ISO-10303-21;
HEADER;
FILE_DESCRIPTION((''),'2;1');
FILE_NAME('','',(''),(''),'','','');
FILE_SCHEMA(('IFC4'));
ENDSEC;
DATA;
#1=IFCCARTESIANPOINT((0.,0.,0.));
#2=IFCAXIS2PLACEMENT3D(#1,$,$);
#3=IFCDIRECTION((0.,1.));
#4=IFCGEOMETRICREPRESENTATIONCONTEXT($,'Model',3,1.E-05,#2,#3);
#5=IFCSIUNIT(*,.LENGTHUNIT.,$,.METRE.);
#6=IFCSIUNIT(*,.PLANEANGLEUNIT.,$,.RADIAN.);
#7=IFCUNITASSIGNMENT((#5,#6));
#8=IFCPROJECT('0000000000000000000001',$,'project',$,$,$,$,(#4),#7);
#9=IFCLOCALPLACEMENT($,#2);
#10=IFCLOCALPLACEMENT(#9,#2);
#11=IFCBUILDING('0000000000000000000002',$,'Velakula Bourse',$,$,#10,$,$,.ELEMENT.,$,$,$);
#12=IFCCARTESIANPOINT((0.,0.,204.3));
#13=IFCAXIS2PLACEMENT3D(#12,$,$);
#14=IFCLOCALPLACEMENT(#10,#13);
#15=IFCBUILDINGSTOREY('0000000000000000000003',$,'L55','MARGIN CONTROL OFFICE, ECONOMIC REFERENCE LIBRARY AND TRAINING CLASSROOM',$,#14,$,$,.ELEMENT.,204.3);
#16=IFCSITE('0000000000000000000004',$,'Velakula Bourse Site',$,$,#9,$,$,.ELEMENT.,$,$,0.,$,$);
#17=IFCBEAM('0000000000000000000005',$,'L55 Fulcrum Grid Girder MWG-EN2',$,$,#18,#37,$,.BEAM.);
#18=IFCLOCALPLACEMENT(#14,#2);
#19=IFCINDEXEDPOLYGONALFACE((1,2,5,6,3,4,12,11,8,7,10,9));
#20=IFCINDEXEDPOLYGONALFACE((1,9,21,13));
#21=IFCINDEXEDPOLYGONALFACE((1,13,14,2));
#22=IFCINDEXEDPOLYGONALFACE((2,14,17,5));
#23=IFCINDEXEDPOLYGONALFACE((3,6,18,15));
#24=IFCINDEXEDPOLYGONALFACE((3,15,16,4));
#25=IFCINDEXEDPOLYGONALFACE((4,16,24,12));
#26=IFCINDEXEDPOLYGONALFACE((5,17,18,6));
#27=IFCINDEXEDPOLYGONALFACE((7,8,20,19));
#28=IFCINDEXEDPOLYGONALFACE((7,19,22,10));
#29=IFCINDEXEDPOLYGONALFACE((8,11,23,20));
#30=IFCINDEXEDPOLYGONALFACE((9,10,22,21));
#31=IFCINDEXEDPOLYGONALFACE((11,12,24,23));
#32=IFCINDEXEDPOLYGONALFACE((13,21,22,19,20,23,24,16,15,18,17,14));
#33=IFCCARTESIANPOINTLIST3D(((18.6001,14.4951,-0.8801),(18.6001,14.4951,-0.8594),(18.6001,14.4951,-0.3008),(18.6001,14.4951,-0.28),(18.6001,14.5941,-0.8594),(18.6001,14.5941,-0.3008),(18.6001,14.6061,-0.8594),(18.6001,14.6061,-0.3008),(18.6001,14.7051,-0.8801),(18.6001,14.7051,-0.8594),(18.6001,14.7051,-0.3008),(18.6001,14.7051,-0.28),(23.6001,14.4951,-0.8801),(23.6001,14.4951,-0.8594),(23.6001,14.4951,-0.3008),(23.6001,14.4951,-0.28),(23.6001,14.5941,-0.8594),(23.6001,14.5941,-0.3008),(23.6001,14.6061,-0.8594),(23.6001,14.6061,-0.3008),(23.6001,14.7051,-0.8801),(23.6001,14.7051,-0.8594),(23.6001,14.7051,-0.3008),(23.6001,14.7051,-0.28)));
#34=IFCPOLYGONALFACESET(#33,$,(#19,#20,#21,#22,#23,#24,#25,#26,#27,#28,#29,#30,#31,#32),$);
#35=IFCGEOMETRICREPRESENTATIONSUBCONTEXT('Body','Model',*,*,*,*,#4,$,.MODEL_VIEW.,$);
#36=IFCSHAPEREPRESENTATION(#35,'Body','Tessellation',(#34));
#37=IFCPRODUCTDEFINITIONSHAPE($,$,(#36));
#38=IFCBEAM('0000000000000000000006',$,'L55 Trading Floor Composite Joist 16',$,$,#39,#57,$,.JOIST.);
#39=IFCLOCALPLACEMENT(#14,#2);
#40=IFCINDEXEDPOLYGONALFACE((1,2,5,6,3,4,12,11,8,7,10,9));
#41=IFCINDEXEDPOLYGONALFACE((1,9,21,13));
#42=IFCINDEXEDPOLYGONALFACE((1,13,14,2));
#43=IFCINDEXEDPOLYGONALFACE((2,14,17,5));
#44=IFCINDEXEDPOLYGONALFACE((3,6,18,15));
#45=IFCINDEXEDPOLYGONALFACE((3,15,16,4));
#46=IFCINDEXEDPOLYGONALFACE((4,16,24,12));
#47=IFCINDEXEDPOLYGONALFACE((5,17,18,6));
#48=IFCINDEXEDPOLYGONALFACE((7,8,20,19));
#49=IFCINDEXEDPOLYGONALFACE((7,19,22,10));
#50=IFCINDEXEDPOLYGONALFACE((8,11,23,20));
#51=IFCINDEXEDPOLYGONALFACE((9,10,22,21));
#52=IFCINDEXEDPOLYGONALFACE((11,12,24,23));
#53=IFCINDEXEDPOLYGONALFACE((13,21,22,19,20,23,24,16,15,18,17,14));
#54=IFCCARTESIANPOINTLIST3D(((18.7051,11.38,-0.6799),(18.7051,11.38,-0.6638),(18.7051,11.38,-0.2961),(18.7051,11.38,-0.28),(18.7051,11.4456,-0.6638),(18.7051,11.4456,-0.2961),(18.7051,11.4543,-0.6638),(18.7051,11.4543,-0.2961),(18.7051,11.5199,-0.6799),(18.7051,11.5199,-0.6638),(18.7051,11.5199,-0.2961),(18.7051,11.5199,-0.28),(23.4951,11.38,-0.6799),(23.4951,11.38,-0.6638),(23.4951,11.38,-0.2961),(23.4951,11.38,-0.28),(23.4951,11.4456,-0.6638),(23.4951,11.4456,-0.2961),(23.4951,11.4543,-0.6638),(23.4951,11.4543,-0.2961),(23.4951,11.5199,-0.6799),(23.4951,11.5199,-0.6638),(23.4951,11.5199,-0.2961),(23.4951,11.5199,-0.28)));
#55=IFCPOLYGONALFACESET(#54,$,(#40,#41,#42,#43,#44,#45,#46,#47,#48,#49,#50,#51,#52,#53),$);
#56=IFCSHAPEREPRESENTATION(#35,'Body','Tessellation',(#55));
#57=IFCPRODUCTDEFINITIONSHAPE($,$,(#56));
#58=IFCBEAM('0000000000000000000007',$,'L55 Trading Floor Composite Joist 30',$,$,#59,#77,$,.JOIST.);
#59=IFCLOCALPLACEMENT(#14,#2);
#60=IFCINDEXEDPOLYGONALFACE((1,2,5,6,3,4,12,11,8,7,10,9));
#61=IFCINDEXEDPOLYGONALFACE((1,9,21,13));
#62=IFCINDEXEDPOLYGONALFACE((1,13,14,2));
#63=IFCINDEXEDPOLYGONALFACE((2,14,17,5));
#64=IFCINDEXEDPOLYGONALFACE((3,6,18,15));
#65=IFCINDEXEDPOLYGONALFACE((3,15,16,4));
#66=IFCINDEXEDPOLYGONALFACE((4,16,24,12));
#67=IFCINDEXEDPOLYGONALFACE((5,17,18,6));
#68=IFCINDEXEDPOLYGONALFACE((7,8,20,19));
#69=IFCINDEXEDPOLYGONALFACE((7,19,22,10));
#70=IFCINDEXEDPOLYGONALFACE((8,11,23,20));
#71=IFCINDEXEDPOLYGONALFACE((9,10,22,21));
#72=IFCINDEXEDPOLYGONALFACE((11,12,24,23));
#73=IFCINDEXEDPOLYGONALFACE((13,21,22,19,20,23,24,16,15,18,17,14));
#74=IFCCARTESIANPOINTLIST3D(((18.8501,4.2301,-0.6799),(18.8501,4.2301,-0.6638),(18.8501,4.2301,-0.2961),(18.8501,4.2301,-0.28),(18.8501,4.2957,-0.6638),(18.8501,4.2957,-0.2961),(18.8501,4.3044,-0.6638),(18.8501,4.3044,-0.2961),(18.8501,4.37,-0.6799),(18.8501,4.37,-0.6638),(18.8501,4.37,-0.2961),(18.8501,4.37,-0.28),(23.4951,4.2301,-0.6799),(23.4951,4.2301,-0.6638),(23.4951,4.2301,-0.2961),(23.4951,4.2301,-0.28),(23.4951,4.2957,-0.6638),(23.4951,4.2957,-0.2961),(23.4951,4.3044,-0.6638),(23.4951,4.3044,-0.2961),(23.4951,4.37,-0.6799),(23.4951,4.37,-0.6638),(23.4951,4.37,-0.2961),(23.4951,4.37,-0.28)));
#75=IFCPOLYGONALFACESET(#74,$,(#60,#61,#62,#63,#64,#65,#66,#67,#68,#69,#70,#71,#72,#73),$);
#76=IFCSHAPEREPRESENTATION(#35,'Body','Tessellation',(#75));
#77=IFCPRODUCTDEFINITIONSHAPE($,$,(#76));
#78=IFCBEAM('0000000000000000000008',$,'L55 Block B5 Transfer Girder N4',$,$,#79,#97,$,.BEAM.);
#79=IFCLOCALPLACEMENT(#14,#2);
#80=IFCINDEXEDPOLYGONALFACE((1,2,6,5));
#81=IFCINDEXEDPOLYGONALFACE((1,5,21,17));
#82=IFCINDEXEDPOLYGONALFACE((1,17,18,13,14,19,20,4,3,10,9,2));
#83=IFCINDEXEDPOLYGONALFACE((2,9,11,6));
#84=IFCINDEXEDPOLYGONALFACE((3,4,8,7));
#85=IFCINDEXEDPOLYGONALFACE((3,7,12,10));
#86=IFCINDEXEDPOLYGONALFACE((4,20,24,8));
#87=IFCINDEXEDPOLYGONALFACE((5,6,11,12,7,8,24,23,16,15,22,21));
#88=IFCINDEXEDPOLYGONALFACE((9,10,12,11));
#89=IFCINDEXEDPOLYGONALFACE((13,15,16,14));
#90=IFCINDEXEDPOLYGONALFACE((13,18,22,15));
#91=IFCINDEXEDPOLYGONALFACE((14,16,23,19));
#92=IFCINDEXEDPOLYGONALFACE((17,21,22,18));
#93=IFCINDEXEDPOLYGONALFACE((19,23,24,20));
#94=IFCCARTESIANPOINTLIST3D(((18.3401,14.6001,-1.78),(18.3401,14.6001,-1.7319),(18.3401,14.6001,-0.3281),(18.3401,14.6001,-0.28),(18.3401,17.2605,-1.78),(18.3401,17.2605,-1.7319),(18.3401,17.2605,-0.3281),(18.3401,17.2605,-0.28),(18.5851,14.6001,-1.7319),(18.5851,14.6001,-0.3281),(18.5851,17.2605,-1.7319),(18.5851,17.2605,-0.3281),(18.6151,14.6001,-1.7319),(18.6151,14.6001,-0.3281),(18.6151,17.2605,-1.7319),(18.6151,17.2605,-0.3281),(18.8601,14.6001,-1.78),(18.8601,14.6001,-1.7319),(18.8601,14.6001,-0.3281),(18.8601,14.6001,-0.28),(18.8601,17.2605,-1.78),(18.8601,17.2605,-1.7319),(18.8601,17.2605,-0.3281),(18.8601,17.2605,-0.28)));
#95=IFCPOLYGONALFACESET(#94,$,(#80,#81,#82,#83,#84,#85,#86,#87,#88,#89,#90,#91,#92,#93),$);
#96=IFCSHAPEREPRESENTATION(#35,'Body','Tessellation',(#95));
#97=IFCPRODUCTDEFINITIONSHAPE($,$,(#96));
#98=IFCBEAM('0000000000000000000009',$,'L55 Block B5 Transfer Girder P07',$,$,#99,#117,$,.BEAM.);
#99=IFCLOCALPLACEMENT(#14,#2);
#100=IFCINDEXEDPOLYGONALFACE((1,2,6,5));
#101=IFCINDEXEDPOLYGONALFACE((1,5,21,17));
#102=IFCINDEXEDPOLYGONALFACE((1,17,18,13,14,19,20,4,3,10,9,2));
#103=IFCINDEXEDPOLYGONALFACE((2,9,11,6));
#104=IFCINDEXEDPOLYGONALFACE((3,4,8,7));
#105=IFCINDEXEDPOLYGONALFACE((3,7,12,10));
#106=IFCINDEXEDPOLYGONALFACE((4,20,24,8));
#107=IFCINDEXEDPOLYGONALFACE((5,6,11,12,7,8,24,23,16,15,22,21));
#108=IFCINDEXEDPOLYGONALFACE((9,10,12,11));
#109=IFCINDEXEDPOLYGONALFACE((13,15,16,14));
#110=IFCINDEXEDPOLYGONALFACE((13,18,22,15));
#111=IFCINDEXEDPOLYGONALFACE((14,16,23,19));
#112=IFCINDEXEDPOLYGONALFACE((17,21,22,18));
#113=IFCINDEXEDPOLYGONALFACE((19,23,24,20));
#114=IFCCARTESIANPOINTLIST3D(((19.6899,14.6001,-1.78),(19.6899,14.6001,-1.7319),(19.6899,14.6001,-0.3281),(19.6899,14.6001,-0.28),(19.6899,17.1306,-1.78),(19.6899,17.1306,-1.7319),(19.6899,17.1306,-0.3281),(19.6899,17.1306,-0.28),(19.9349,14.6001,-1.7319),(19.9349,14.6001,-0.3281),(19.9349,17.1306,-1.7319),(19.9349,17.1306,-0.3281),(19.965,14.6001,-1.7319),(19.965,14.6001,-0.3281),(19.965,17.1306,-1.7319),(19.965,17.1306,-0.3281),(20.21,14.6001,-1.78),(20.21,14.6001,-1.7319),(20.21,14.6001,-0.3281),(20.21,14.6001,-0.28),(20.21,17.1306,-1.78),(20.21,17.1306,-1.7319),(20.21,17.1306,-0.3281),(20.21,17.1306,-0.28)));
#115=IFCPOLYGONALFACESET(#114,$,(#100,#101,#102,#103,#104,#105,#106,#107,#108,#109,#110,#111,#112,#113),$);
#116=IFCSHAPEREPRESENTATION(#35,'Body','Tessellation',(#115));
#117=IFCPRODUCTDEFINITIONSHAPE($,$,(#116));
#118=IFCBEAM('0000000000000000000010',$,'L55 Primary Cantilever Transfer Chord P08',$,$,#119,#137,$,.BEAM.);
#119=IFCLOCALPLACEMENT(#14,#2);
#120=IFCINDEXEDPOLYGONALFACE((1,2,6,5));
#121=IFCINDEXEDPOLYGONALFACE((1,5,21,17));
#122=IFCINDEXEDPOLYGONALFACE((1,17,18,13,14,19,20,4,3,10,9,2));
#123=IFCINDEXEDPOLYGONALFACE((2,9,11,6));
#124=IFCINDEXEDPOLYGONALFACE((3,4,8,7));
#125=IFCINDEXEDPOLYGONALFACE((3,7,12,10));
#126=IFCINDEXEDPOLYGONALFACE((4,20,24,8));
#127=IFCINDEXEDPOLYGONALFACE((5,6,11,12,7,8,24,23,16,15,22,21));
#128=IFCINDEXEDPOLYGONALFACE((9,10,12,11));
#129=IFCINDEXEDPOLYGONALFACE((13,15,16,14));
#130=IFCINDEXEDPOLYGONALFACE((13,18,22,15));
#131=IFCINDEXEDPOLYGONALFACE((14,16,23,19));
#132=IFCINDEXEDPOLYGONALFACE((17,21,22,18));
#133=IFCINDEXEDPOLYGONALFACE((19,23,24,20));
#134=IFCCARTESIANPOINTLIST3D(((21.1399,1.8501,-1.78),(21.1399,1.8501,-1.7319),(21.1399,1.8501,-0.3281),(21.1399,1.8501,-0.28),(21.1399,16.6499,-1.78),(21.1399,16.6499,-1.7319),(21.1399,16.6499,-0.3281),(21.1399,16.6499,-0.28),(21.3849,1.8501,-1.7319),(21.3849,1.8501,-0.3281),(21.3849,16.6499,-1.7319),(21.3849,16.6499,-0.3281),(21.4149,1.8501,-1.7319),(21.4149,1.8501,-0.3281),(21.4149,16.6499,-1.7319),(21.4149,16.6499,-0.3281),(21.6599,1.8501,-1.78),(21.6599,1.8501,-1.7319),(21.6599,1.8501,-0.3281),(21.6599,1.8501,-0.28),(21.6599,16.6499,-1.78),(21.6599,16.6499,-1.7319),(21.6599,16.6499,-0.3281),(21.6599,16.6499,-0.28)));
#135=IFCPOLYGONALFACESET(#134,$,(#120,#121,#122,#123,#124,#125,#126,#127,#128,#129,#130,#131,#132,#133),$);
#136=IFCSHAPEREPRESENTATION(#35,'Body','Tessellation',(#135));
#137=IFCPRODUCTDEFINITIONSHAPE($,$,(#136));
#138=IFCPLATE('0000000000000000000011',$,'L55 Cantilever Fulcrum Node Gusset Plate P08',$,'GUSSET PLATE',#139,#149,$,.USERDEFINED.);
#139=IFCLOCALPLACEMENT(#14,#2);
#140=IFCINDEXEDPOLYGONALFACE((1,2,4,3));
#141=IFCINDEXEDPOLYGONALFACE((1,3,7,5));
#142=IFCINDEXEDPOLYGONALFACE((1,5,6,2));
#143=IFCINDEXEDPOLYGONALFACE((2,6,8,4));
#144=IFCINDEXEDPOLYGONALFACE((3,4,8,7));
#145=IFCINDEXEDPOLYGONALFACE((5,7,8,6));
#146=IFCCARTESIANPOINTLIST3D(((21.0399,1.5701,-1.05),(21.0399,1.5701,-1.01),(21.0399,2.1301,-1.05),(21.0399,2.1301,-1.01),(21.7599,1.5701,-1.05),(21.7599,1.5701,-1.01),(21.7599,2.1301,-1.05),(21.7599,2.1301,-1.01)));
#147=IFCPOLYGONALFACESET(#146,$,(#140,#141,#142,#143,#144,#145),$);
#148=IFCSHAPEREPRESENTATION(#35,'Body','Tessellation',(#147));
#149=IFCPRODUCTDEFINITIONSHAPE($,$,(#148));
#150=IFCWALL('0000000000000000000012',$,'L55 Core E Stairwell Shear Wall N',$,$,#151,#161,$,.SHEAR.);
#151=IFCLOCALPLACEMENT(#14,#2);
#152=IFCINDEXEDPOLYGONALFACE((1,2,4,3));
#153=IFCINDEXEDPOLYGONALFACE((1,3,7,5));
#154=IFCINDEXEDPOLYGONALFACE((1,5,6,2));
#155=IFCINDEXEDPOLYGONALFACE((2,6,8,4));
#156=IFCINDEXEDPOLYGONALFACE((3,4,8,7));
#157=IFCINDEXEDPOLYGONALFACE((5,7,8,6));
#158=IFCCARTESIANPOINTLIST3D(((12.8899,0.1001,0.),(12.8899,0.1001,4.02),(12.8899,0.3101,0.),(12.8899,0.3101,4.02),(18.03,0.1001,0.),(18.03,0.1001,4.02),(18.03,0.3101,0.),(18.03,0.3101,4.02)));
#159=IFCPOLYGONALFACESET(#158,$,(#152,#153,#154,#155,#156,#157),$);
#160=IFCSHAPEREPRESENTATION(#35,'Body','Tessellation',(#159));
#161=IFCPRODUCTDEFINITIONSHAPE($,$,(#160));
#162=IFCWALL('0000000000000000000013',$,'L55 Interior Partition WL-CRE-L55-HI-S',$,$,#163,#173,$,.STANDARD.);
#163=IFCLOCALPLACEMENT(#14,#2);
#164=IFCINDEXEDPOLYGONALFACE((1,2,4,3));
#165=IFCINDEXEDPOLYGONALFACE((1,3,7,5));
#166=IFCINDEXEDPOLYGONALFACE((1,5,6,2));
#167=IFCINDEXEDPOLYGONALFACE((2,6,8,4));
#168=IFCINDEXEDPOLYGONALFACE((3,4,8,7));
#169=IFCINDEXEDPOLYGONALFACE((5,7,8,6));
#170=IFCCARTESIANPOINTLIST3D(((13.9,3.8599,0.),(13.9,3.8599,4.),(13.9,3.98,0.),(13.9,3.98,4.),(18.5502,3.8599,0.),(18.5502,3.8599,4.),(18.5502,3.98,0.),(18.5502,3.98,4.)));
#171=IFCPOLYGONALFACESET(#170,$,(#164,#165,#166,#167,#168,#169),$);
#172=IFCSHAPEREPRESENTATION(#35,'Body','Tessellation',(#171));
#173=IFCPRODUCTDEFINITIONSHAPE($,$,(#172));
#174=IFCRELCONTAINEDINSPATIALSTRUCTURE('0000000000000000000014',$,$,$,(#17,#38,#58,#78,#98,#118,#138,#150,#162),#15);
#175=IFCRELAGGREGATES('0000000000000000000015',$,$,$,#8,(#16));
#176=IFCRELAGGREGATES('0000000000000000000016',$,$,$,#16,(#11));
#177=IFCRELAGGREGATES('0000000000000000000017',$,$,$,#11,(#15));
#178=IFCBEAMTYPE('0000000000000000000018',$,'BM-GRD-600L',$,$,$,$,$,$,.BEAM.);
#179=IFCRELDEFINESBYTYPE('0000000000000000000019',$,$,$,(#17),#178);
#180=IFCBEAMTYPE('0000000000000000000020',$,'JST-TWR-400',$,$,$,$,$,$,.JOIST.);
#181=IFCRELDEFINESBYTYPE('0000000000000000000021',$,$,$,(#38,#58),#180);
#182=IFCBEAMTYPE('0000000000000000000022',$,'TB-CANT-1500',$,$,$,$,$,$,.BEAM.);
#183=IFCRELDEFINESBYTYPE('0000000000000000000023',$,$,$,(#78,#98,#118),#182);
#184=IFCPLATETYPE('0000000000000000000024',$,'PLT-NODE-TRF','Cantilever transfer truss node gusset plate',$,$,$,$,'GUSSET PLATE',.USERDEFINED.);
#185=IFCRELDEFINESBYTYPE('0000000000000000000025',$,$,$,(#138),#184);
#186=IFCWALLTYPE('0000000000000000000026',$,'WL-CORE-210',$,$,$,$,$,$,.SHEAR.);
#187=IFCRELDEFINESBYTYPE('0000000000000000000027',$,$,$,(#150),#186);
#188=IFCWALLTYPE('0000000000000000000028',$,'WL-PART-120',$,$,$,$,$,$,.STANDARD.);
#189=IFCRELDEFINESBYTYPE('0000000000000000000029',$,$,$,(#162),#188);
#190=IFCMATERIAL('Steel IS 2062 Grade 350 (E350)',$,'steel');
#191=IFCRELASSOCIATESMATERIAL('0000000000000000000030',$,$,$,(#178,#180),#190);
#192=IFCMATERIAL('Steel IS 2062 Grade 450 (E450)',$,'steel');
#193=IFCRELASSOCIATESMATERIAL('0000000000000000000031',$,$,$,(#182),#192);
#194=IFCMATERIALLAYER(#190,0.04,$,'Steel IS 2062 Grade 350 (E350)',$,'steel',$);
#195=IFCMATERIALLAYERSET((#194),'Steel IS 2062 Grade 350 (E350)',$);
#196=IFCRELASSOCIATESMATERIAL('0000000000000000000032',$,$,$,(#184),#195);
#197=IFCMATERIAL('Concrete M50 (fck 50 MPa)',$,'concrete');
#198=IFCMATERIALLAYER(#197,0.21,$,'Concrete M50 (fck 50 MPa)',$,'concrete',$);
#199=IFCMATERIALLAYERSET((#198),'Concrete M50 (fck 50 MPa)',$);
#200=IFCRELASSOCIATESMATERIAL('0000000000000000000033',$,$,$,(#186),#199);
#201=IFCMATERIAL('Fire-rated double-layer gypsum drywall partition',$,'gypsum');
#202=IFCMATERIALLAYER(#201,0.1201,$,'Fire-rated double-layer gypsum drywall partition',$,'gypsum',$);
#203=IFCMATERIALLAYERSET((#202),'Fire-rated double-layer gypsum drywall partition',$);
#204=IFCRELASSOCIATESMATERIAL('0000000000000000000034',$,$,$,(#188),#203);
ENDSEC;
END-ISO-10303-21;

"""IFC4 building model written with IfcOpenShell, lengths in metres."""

from ifc_helpers import new_model, si_unit, direction, frame, frame_2d, origin, origin_2d, place, context, subcontext, project, spatial, rectangle, i_section, extrude, material, layer, layer_set, material_profile, profile_set, type_object, element, save


model = new_model("IFC4")

# Units and contexts
model_context = context("Model", 3, precision=1e-05, world=origin(), true_north=direction((0.0, 1.0)))
body_context = subcontext(model_context, "Body", "Model", "MODEL_VIEW")
ifc_project = project(units=[si_unit("LENGTHUNIT", "METRE"), si_unit("PLANEANGLEUNIT", "RADIAN")], contexts=[model_context])

# Site, building, storey
site_placement = place(None, origin())
site = spatial("IfcSite", under=ifc_project, at=site_placement, Name="Velakula Bourse Site", CompositionType="ELEMENT", RefElevation=0.0)
building_placement = place(site_placement, origin())
building = spatial("IfcBuilding", under=site, at=building_placement, Name="Velakula Bourse", CompositionType="ELEMENT")
storey_placement = place(building_placement, frame((0.0, 0.0, 204.3)))
storey = spatial("IfcBuildingStorey", under=building, at=storey_placement, Name="L55", Description="MARGIN CONTROL OFFICE, ECONOMIC REFERENCE LIBRARY AND TRAINING CLASSROOM", CompositionType="ELEMENT", Elevation=204.3)

# Shared definitions
ifc_material_1 = material(Name="Concrete M50 (fck 50 MPa)", Category="concrete")
ifc_material_2 = material(Name="Steel IS 2062 Grade 350 (E350)", Category="steel")

# Beams
ifc_material_profile_1 = material_profile(ifc_material_2, i_section(OverallWidth=0.21, OverallDepth=0.6001, WebThickness=0.012, FlangeThickness=0.0208, at=origin_2d()), Name="Steel IS 2062 Grade 350 (E350)")
ifc_profile_set_1 = profile_set([ifc_material_profile_1], Name="Steel IS 2062 Grade 350 (E350)")
beam_type_1 = type_object("IfcBeamType", Name="BM-GRD-600L", PredefinedType="BEAM", material=ifc_profile_set_1)
for number, where, z_axis, x_axis, name in (
    (1, (18.6001, 14.6001, -0.5801), (1.0, 0.0, 0.0), (0.0, 1.0, 0.0), "L55 Fulcrum Grid Girder MWG-EN2"),
):
    element("IfcBeam", number, at=place(storey_placement, frame(where, z_axis=z_axis, x_axis=x_axis)), inside=storey, type_object=beam_type_1, Name=name, PredefinedType="BEAM", context=body_context, shape_type="SweptSolid", body=[
        extrude(i_section(OverallWidth=0.21, OverallDepth=0.6001, WebThickness=0.012, FlangeThickness=0.0208, at=origin_2d()), origin(), (0.0, 0.0, 1.0), 5.0),
    ])
ifc_material_profile_2 = material_profile(ifc_material_2, i_section(OverallWidth=0.1399, OverallDepth=0.3999, WebThickness=0.0088, FlangeThickness=0.0161, at=origin_2d()), Name="Steel IS 2062 Grade 350 (E350)")
ifc_profile_set_2 = profile_set([ifc_material_profile_2], Name="Steel IS 2062 Grade 350 (E350)")
beam_type_2 = type_object("IfcBeamType", Name="JST-TWR-400", PredefinedType="JOIST", material=ifc_profile_set_2)
beam_1_placement = place(storey_placement, frame((18.7051, 11.45, -0.48), z_axis=(1.0, 0.0, 0.0), x_axis=(0.0, 1.0, 0.0)))
element("IfcBeam", 2, at=beam_1_placement, inside=storey, type_object=beam_type_2, Name="L55 Trading Floor Composite Joist 16", PredefinedType="JOIST", context=body_context, shape_type="SweptSolid", body=[
    extrude(i_section(OverallWidth=0.1399, OverallDepth=0.3999, WebThickness=0.0088, FlangeThickness=0.0161, at=origin_2d()), origin(), (0.0, 0.0, 1.0), 4.79),
])
beam_2_placement = place(storey_placement, frame((18.8501, 4.3, -0.48), z_axis=(1.0, 0.0, 0.0), x_axis=(0.0, 1.0, 0.0)))
element("IfcBeam", 3, at=beam_2_placement, inside=storey, type_object=beam_type_2, Name="L55 Trading Floor Composite Joist 30", PredefinedType="JOIST", context=body_context, shape_type="SweptSolid", body=[
    extrude(i_section(OverallWidth=0.1399, OverallDepth=0.3999, WebThickness=0.0088, FlangeThickness=0.0161, at=origin_2d()), origin(), (0.0, 0.0, 1.0), 4.645),
])
ifc_material_3 = material(Name="Steel IS 2062 Grade 450 (E450)", Category="steel")
ifc_material_profile_3 = material_profile(ifc_material_3, i_section(OverallWidth=0.52, OverallDepth=1.5, WebThickness=0.03, FlangeThickness=0.0481, at=origin_2d()), Name="Steel IS 2062 Grade 450 (E450)")
ifc_profile_set_3 = profile_set([ifc_material_profile_3], Name="Steel IS 2062 Grade 450 (E450)")
beam_type_3 = type_object("IfcBeamType", Name="TB-CANT-1500", PredefinedType="BEAM", material=ifc_profile_set_3)
beam_3_placement = place(storey_placement, frame((18.6001, 14.6001, -1.03), z_axis=(0.0, 1.0, 0.0), x_axis=(-1.0, 0.0, 0.0)))
element("IfcBeam", 4, at=beam_3_placement, inside=storey, type_object=beam_type_3, Name="L55 Block B5 Transfer Girder N4", PredefinedType="BEAM", context=body_context, shape_type="SweptSolid", body=[
    extrude(i_section(OverallWidth=0.52, OverallDepth=1.5, WebThickness=0.03, FlangeThickness=0.0481, at=origin_2d()), origin(), (0.0, 0.0, 1.0), 2.6604),
])
beam_4_placement = place(storey_placement, frame((19.95, 14.6001, -1.03), z_axis=(0.0, 1.0, 0.0), x_axis=(-1.0, 0.0, 0.0)))
element("IfcBeam", 5, at=beam_4_placement, inside=storey, type_object=beam_type_3, Name="L55 Block B5 Transfer Girder P07", PredefinedType="BEAM", context=body_context, shape_type="SweptSolid", body=[
    extrude(i_section(OverallWidth=0.52, OverallDepth=1.5, WebThickness=0.03, FlangeThickness=0.0481, at=origin_2d()), origin(), (0.0, 0.0, 1.0), 2.5305),
])
beam_5_placement = place(storey_placement, frame((21.3999, 1.8501, -1.03), z_axis=(0.0, 1.0, 0.0), x_axis=(-1.0, 0.0, 0.0)))
element("IfcBeam", 6, at=beam_5_placement, inside=storey, type_object=beam_type_3, Name="L55 Primary Cantilever Transfer Chord P08", PredefinedType="BEAM", context=body_context, shape_type="SweptSolid", body=[
    extrude(i_section(OverallWidth=0.52, OverallDepth=1.5, WebThickness=0.03, FlangeThickness=0.0481, at=origin_2d()), origin(), (0.0, 0.0, 1.0), 14.7998),
])

# Plate
ifc_layer_1 = layer(ifc_material_2, 0.04, Name="Steel IS 2062 Grade 350 (E350)", Category="steel")
ifc_layer_set_1 = layer_set([ifc_layer_1], Name="Steel IS 2062 Grade 350 (E350)")
plate_type = type_object("IfcPlateType", Name="PLT-NODE-TRF", Description="Cantilever transfer truss node gusset plate", ElementType="GUSSET PLATE", PredefinedType="USERDEFINED", material=ifc_layer_set_1)
plate_placement = place(storey_placement, frame((21.3999, 1.8501, -1.05), z_axis=(0.0, 0.0, 1.0), x_axis=(0.0, 1.0, 0.0)))
element("IfcPlate", 7, at=plate_placement, inside=storey, type_object=plate_type, Name="L55 Cantilever Fulcrum Node Gusset Plate P08", ObjectType="GUSSET PLATE", PredefinedType="USERDEFINED", context=body_context, shape_type="SweptSolid", body=[
    extrude(rectangle(XDim=0.5601, YDim=0.72, at=origin_2d()), origin(), (0.0, 0.0, 1.0), 0.04),
])

# Walls
ifc_layer_2 = layer(ifc_material_1, 0.21, Name="Concrete M50 (fck 50 MPa)", Category="concrete")
ifc_layer_set_2 = layer_set([ifc_layer_2], Name="Concrete M50 (fck 50 MPa)")
wall_type_1 = type_object("IfcWallType", Name="WL-CORE-210", PredefinedType="SHEAR", material=ifc_layer_set_2)
wall_1_placement = place(storey_placement, frame((18.03, 0.2051, 0.0), z_axis=(0.0, 0.0, 1.0), x_axis=(-1.0, 0.0, 0.0)))
element("IfcWall", 8, at=wall_1_placement, inside=storey, type_object=wall_type_1, Name="L55 Core E Stairwell Shear Wall N", PredefinedType="SHEAR", context=body_context, shape_type="SweptSolid", body=[
    extrude(rectangle(XDim=5.1401, YDim=0.21, at=frame_2d((2.5701, 0.0))), origin(), (0.0, 0.0, 1.0), 4.02),
])
ifc_material_4 = material(Name="Fire-rated double-layer gypsum drywall partition", Category="gypsum")
ifc_layer_3 = layer(ifc_material_4, 0.1201, Name="Fire-rated double-layer gypsum drywall partition", Category="gypsum")
ifc_layer_set_3 = layer_set([ifc_layer_3], Name="Fire-rated double-layer gypsum drywall partition")
wall_type_2 = type_object("IfcWallType", Name="WL-PART-120", PredefinedType="STANDARD", material=ifc_layer_set_3)
wall_2_placement = place(storey_placement, frame((13.8999, 3.9199, 0.0), z_axis=(0.0, 0.0, 1.0), x_axis=(1.0, 0.0, 0.0)))
element("IfcWall", 9, at=wall_2_placement, inside=storey, type_object=wall_type_2, Name="L55 Interior Partition WL-CRE-L55-HI-S", PredefinedType="STANDARD", context=body_context, shape_type="SweptSolid", body=[
    extrude(rectangle(XDim=4.6501, YDim=0.1201, at=frame_2d((2.3252, 0.0))), origin(), (0.0, 0.0, 1.0), 4.0),
])

save(model, "model.ifc")
